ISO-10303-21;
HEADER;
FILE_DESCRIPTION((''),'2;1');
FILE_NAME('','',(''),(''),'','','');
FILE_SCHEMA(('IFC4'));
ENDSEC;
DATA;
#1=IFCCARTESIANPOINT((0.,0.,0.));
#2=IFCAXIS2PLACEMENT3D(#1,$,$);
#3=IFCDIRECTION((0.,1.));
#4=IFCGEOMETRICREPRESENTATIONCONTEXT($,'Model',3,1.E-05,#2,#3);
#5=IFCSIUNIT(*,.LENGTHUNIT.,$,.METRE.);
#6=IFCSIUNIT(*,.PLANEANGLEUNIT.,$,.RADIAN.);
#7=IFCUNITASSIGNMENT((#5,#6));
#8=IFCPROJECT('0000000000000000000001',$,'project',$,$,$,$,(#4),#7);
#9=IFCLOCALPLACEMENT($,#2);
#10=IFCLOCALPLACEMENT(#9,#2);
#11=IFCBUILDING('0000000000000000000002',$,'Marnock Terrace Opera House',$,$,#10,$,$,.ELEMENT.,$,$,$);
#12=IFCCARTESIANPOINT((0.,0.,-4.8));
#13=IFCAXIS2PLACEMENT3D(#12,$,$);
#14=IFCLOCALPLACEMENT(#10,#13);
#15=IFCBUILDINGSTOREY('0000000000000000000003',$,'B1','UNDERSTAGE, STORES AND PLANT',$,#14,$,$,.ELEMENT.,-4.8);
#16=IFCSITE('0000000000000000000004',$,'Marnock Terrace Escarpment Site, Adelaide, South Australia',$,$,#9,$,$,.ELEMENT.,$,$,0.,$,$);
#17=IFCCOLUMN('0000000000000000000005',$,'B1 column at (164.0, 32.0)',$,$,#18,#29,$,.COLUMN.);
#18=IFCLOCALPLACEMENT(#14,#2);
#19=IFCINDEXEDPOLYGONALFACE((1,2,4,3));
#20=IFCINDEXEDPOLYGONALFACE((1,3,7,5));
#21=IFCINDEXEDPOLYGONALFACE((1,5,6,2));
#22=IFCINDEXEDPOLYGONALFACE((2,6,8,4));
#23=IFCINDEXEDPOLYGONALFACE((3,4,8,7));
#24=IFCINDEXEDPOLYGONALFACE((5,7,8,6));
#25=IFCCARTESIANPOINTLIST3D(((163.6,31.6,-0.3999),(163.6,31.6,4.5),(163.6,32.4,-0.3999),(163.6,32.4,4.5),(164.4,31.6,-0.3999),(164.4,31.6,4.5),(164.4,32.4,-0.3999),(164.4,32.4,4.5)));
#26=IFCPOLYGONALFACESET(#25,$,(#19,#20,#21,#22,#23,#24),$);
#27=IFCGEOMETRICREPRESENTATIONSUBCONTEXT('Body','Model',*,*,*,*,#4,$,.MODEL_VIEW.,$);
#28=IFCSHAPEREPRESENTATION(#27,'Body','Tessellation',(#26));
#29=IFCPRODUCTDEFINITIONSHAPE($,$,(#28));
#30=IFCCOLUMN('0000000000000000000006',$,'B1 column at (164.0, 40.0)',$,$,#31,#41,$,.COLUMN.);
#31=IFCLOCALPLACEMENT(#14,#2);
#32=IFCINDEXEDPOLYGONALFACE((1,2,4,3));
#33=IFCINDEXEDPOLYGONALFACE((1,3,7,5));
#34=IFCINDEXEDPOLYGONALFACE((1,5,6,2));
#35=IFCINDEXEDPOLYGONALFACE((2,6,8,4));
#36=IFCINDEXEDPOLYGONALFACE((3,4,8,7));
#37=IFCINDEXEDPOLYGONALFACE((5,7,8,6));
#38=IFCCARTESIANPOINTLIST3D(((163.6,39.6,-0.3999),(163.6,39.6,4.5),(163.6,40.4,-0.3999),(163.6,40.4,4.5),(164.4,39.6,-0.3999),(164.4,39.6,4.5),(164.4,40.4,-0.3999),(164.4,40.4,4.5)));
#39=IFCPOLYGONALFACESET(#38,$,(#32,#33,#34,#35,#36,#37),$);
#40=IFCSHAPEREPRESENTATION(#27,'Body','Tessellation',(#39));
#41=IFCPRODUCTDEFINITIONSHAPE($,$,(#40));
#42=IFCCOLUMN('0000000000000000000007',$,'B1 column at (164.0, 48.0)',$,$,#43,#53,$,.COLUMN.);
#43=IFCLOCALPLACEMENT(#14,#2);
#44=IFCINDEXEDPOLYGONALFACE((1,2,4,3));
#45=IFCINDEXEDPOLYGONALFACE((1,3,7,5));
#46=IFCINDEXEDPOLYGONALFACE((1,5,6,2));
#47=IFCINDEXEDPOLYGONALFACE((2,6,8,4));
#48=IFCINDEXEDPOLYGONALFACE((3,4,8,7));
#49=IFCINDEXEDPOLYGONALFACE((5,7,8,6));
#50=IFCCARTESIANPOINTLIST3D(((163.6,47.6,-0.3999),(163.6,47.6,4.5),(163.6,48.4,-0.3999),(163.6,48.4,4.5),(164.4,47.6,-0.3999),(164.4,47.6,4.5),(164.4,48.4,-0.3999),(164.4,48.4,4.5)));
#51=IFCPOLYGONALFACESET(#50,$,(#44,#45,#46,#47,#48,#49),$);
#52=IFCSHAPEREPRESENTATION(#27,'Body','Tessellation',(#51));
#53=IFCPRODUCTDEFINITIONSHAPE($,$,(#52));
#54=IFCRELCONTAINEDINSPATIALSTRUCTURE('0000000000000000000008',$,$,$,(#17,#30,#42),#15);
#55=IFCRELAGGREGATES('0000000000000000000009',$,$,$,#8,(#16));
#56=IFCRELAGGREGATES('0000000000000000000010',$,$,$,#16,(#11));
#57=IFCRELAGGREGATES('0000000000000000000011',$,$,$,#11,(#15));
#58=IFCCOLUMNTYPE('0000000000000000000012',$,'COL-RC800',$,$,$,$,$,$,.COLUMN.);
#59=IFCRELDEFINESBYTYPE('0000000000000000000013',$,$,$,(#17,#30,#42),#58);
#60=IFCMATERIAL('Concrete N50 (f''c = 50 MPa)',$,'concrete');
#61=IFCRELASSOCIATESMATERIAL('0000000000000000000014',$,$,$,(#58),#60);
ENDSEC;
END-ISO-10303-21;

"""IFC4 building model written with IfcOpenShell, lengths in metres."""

from ifc_helpers import new_model, si_unit, direction, frame, origin, origin_2d, place, context, subcontext, project, spatial, rectangle, extrude, material, material_profile, profile_set, type_object, element, save


model = new_model("IFC4")

# Units and contexts
model_context = context("Model", 3, precision=1e-05, world=origin(), true_north=direction((0.0, 1.0)))
body_context = subcontext(model_context, "Body", "Model", "MODEL_VIEW")
ifc_project = project(units=[si_unit("LENGTHUNIT", "METRE"), si_unit("PLANEANGLEUNIT", "RADIAN")], contexts=[model_context])

# Site, building, storey
site_placement = place(None, origin())
site = spatial("IfcSite", under=ifc_project, at=site_placement, Name="Marnock Terrace Escarpment Site, Adelaide, South Australia", CompositionType="ELEMENT", RefElevation=0.0)
building_placement = place(site_placement, origin())
building = spatial("IfcBuilding", under=site, at=building_placement, Name="Marnock Terrace Opera House", CompositionType="ELEMENT")
storey_placement = place(building_placement, frame((0.0, 0.0, -4.8)))
storey = spatial("IfcBuildingStorey", under=building, at=storey_placement, Name="B1", Description="UNDERSTAGE, STORES AND PLANT", CompositionType="ELEMENT", Elevation=-4.8)

# Columns
ifc_material_1 = material(Name="Concrete N50 (f'c = 50 MPa)", Category="concrete")
ifc_material_profile_1 = material_profile(ifc_material_1, rectangle(XDim=0.8, YDim=0.8, at=origin_2d()))
ifc_profile_set_1 = profile_set([ifc_material_profile_1], Name="Concrete N50 (f'c = 50 MPa)")
column_type = type_object("IfcColumnType", Name="COL-RC800", PredefinedType="COLUMN", material=ifc_profile_set_1)
for number, where, z_axis, x_axis, name in (
    (1, (164.0, 32.0, -0.3999), (0.0, 0.0, 1.0), (1.0, 0.0, 0.0), "B1 column at (164.0, 32.0)"),
    (2, (164.0, 40.0, -0.3999), (0.0, 0.0, 1.0), (1.0, 0.0, 0.0), "B1 column at (164.0, 40.0)"),
    (3, (164.0, 48.0, -0.3999), (0.0, 0.0, 1.0), (1.0, 0.0, 0.0), "B1 column at (164.0, 48.0)"),
):
    element("IfcColumn", number, at=place(storey_placement, frame(where, z_axis=z_axis, x_axis=x_axis)), inside=storey, type_object=column_type, Name=name, PredefinedType="COLUMN", context=body_context, shape_type="SweptSolid", body=[
        extrude(rectangle(XDim=0.8, YDim=0.8, at=origin_2d()), origin(), (0.0, 0.0, 1.0), 4.8999),
    ])

save(model, "model.ifc")
